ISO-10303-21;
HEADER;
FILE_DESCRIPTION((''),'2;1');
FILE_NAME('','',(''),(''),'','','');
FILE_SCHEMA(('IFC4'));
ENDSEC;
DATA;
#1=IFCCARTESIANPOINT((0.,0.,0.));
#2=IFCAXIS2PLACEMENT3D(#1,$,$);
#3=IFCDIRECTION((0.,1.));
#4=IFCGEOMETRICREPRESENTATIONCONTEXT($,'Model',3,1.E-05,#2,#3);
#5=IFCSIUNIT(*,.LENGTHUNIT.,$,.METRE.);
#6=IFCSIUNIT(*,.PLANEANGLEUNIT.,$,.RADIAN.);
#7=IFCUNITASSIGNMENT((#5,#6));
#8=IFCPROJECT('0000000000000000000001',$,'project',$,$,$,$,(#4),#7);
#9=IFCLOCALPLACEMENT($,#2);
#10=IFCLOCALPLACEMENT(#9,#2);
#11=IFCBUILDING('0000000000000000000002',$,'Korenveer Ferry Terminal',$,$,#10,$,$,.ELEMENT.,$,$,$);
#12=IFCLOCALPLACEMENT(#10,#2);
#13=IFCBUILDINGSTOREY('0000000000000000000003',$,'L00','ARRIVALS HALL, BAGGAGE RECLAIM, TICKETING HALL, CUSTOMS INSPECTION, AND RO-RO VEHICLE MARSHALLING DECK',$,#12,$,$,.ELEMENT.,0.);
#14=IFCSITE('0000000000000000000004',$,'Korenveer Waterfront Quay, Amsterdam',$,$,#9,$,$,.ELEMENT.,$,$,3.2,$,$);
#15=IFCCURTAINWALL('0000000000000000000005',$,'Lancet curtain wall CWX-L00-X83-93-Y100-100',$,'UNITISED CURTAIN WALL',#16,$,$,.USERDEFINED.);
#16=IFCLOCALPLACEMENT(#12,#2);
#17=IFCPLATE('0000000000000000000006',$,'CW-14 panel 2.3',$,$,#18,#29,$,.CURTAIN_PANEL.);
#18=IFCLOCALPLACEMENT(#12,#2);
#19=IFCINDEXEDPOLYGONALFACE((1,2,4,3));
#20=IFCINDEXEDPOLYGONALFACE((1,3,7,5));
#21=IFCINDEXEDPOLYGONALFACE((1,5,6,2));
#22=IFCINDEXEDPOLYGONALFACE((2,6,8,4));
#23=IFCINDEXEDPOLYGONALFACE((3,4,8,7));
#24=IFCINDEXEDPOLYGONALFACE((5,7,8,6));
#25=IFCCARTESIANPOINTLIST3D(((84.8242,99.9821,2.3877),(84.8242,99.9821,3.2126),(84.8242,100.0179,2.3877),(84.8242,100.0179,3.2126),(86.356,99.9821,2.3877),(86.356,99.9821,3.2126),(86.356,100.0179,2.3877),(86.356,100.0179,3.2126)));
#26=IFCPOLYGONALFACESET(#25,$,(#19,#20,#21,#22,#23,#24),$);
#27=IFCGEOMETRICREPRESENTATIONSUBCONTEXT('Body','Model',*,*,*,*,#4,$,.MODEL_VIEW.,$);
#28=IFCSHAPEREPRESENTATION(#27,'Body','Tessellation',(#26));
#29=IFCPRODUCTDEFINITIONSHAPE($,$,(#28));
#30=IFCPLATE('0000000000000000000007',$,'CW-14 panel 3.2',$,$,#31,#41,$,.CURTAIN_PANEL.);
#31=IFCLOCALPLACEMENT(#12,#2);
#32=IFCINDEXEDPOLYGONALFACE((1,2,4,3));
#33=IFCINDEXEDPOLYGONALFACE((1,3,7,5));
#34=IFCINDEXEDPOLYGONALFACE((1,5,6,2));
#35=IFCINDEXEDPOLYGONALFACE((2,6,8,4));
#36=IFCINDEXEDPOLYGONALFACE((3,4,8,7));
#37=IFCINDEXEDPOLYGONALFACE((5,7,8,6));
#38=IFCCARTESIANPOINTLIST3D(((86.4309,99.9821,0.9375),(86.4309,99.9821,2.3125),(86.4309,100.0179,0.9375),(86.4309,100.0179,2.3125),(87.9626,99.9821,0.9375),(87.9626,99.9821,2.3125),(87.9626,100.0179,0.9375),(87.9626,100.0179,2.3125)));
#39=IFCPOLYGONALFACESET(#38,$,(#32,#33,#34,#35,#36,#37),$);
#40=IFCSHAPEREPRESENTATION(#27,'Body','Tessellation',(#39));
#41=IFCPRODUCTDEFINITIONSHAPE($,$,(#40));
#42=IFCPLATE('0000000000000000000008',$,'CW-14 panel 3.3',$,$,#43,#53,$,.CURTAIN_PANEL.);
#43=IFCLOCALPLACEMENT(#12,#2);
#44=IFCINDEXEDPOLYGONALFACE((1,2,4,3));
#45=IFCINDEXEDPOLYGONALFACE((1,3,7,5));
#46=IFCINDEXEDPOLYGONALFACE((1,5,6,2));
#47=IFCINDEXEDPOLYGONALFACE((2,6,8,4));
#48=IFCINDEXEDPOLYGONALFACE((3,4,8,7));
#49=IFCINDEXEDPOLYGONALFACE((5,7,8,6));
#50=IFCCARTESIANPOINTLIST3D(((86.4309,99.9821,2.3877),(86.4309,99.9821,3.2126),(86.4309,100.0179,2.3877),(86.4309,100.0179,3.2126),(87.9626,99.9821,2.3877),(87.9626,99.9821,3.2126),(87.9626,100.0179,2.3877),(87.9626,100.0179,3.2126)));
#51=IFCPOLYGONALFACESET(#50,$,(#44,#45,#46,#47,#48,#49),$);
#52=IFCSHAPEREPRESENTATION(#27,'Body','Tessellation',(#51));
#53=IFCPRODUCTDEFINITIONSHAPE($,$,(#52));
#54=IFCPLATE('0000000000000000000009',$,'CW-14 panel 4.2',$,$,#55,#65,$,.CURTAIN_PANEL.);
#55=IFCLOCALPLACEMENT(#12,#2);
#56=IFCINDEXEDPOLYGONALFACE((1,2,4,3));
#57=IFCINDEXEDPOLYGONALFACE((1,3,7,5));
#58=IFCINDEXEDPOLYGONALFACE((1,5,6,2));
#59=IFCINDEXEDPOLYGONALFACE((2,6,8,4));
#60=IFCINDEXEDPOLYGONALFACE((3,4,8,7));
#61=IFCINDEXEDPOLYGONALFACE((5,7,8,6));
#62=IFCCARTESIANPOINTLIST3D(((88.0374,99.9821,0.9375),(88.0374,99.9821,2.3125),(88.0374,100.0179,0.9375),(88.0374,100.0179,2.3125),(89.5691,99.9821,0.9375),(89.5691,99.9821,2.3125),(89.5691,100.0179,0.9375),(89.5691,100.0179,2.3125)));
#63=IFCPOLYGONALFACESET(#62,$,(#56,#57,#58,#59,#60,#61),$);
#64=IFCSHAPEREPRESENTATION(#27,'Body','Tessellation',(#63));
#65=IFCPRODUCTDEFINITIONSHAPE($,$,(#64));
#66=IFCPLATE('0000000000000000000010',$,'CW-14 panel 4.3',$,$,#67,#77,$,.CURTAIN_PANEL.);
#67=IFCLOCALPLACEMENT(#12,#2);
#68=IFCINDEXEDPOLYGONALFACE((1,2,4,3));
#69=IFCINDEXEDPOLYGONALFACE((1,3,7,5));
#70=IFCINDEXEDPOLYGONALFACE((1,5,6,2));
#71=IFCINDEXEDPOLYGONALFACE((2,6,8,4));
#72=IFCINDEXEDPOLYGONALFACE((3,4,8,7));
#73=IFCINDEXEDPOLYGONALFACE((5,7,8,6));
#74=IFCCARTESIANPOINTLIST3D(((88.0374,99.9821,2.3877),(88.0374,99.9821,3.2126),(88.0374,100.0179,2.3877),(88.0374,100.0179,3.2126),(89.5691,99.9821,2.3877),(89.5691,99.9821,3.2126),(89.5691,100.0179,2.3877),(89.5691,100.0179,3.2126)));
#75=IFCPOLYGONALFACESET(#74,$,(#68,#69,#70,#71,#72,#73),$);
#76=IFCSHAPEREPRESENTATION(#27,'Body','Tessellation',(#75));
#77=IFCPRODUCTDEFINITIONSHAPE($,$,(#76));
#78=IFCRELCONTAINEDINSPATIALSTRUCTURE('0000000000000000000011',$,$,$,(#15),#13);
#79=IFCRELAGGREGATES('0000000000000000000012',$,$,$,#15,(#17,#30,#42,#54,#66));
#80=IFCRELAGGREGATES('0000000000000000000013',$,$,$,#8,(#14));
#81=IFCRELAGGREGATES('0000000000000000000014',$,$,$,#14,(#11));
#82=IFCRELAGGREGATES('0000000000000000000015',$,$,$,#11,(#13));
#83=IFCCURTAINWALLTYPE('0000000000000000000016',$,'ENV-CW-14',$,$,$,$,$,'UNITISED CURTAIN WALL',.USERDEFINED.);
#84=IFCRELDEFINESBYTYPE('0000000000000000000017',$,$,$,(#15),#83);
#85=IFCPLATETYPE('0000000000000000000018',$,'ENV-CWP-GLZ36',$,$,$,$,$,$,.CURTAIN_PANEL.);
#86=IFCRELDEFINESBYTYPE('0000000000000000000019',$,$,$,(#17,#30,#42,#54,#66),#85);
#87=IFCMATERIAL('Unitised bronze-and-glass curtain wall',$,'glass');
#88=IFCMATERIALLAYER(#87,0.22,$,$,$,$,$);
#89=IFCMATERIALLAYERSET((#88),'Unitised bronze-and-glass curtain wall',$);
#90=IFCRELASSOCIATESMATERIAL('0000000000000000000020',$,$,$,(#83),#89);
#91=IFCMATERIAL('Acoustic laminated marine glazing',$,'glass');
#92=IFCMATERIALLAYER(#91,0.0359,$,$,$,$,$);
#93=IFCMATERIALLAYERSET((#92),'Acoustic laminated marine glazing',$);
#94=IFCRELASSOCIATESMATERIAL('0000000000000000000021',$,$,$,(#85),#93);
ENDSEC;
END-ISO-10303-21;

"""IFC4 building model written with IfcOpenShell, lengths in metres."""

from ifc_helpers import new_model, si_unit, direction, frame, origin, origin_2d, place, context, subcontext, project, spatial, rectangle, extrude, material, layer, layer_set, type_object, element, aggregate, save


model = new_model("IFC4")

# Units and contexts
model_context = context("Model", 3, precision=1e-05, world=origin(), true_north=direction((0.0, 1.0)))
body_context = subcontext(model_context, "Body", "Model", "MODEL_VIEW")
ifc_project = project(units=[si_unit("LENGTHUNIT", "METRE"), si_unit("PLANEANGLEUNIT", "RADIAN")], contexts=[model_context])

# Site, building, storey
site_placement = place(None, origin())
site = spatial("IfcSite", under=ifc_project, at=site_placement, Name="Korenveer Waterfront Quay, Amsterdam", CompositionType="ELEMENT", RefElevation=3.2)
building_placement = place(site_placement, origin())
building = spatial("IfcBuilding", under=site, at=building_placement, Name="Korenveer Ferry Terminal", CompositionType="ELEMENT")
storey_placement = place(building_placement, origin())
storey = spatial("IfcBuildingStorey", under=building, at=storey_placement, Name="L00", Description="ARRIVALS HALL, BAGGAGE RECLAIM, TICKETING HALL, CUSTOMS INSPECTION, AND RO-RO VEHICLE MARSHALLING DECK", CompositionType="ELEMENT", Elevation=0.0)

# Curtain wall, plates
ifc_material_1 = material(Name="Unitised bronze-and-glass curtain wall", Category="glass")
ifc_layer_1 = layer(ifc_material_1, 0.22)
ifc_layer_set_1 = layer_set([ifc_layer_1], Name="Unitised bronze-and-glass curtain wall")
curtain_wall_type = type_object("IfcCurtainWallType", Name="ENV-CW-14", ElementType="UNITISED CURTAIN WALL", PredefinedType="USERDEFINED", material=ifc_layer_set_1)
curtain_wall_placement = place(storey_placement, frame((83.1799, 100.0, 0.0)))
curtain_wall = element("IfcCurtainWall", 1, at=curtain_wall_placement, inside=storey, type_object=curtain_wall_type, Name="Lancet curtain wall CWX-L00-X83-93-Y100-100", ObjectType="UNITISED CURTAIN WALL", PredefinedType="USERDEFINED")
ifc_material_2 = material(Name="Acoustic laminated marine glazing", Category="glass")
ifc_layer_2 = layer(ifc_material_2, 0.0359)
ifc_layer_set_2 = layer_set([ifc_layer_2], Name="Acoustic laminated marine glazing")
plate_type = type_object("IfcPlateType", Name="ENV-CWP-GLZ36", PredefinedType="CURTAIN_PANEL", material=ifc_layer_set_2)
plate_1_placement = place(storey_placement, frame((85.5901, 100.0, 2.3877), z_axis=(0.0, 0.0, 1.0), x_axis=(1.0, 0.0, 0.0)))
plate_1 = element("IfcPlate", 2, at=plate_1_placement, type_object=plate_type, Name="CW-14 panel 2.3", PredefinedType="CURTAIN_PANEL", context=body_context, shape_type="SweptSolid", body=[
    extrude(rectangle(XDim=1.5317, YDim=0.0359, at=origin_2d()), origin(), (0.0, 0.0, 1.0), 0.825),
])
plate_2_placement = place(storey_placement, frame((87.1968, 100.0, 0.9375), z_axis=(0.0, 0.0, 1.0), x_axis=(1.0, 0.0, 0.0)))
plate_2 = element("IfcPlate", 3, at=plate_2_placement, type_object=plate_type, Name="CW-14 panel 3.2", PredefinedType="CURTAIN_PANEL", context=body_context, shape_type="SweptSolid", body=[
    extrude(rectangle(XDim=1.5317, YDim=0.0359, at=origin_2d()), origin(), (0.0, 0.0, 1.0), 1.375),
])
plate_3_placement = place(storey_placement, frame((87.1968, 100.0, 2.3877), z_axis=(0.0, 0.0, 1.0), x_axis=(1.0, 0.0, 0.0)))
plate_3 = element("IfcPlate", 4, at=plate_3_placement, type_object=plate_type, Name="CW-14 panel 3.3", PredefinedType="CURTAIN_PANEL", context=body_context, shape_type="SweptSolid", body=[
    extrude(rectangle(XDim=1.5317, YDim=0.0359, at=origin_2d()), origin(), (0.0, 0.0, 1.0), 0.825),
])
plate_4_placement = place(storey_placement, frame((88.8032, 100.0, 0.9375), z_axis=(0.0, 0.0, 1.0), x_axis=(1.0, 0.0, 0.0)))
plate_4 = element("IfcPlate", 5, at=plate_4_placement, type_object=plate_type, Name="CW-14 panel 4.2", PredefinedType="CURTAIN_PANEL", context=body_context, shape_type="SweptSolid", body=[
    extrude(rectangle(XDim=1.5317, YDim=0.0359, at=origin_2d()), origin(), (0.0, 0.0, 1.0), 1.375),
])
plate_5_placement = place(storey_placement, frame((88.8032, 100.0, 2.3877), z_axis=(0.0, 0.0, 1.0), x_axis=(1.0, 0.0, 0.0)))
plate_5 = element("IfcPlate", 6, at=plate_5_placement, type_object=plate_type, Name="CW-14 panel 4.3", PredefinedType="CURTAIN_PANEL", context=body_context, shape_type="SweptSolid", body=[
    extrude(rectangle(XDim=1.5317, YDim=0.0359, at=origin_2d()), origin(), (0.0, 0.0, 1.0), 0.825),
])
aggregate(curtain_wall, [plate_1, plate_2, plate_3, plate_4, plate_5])

save(model, "model.ifc")
